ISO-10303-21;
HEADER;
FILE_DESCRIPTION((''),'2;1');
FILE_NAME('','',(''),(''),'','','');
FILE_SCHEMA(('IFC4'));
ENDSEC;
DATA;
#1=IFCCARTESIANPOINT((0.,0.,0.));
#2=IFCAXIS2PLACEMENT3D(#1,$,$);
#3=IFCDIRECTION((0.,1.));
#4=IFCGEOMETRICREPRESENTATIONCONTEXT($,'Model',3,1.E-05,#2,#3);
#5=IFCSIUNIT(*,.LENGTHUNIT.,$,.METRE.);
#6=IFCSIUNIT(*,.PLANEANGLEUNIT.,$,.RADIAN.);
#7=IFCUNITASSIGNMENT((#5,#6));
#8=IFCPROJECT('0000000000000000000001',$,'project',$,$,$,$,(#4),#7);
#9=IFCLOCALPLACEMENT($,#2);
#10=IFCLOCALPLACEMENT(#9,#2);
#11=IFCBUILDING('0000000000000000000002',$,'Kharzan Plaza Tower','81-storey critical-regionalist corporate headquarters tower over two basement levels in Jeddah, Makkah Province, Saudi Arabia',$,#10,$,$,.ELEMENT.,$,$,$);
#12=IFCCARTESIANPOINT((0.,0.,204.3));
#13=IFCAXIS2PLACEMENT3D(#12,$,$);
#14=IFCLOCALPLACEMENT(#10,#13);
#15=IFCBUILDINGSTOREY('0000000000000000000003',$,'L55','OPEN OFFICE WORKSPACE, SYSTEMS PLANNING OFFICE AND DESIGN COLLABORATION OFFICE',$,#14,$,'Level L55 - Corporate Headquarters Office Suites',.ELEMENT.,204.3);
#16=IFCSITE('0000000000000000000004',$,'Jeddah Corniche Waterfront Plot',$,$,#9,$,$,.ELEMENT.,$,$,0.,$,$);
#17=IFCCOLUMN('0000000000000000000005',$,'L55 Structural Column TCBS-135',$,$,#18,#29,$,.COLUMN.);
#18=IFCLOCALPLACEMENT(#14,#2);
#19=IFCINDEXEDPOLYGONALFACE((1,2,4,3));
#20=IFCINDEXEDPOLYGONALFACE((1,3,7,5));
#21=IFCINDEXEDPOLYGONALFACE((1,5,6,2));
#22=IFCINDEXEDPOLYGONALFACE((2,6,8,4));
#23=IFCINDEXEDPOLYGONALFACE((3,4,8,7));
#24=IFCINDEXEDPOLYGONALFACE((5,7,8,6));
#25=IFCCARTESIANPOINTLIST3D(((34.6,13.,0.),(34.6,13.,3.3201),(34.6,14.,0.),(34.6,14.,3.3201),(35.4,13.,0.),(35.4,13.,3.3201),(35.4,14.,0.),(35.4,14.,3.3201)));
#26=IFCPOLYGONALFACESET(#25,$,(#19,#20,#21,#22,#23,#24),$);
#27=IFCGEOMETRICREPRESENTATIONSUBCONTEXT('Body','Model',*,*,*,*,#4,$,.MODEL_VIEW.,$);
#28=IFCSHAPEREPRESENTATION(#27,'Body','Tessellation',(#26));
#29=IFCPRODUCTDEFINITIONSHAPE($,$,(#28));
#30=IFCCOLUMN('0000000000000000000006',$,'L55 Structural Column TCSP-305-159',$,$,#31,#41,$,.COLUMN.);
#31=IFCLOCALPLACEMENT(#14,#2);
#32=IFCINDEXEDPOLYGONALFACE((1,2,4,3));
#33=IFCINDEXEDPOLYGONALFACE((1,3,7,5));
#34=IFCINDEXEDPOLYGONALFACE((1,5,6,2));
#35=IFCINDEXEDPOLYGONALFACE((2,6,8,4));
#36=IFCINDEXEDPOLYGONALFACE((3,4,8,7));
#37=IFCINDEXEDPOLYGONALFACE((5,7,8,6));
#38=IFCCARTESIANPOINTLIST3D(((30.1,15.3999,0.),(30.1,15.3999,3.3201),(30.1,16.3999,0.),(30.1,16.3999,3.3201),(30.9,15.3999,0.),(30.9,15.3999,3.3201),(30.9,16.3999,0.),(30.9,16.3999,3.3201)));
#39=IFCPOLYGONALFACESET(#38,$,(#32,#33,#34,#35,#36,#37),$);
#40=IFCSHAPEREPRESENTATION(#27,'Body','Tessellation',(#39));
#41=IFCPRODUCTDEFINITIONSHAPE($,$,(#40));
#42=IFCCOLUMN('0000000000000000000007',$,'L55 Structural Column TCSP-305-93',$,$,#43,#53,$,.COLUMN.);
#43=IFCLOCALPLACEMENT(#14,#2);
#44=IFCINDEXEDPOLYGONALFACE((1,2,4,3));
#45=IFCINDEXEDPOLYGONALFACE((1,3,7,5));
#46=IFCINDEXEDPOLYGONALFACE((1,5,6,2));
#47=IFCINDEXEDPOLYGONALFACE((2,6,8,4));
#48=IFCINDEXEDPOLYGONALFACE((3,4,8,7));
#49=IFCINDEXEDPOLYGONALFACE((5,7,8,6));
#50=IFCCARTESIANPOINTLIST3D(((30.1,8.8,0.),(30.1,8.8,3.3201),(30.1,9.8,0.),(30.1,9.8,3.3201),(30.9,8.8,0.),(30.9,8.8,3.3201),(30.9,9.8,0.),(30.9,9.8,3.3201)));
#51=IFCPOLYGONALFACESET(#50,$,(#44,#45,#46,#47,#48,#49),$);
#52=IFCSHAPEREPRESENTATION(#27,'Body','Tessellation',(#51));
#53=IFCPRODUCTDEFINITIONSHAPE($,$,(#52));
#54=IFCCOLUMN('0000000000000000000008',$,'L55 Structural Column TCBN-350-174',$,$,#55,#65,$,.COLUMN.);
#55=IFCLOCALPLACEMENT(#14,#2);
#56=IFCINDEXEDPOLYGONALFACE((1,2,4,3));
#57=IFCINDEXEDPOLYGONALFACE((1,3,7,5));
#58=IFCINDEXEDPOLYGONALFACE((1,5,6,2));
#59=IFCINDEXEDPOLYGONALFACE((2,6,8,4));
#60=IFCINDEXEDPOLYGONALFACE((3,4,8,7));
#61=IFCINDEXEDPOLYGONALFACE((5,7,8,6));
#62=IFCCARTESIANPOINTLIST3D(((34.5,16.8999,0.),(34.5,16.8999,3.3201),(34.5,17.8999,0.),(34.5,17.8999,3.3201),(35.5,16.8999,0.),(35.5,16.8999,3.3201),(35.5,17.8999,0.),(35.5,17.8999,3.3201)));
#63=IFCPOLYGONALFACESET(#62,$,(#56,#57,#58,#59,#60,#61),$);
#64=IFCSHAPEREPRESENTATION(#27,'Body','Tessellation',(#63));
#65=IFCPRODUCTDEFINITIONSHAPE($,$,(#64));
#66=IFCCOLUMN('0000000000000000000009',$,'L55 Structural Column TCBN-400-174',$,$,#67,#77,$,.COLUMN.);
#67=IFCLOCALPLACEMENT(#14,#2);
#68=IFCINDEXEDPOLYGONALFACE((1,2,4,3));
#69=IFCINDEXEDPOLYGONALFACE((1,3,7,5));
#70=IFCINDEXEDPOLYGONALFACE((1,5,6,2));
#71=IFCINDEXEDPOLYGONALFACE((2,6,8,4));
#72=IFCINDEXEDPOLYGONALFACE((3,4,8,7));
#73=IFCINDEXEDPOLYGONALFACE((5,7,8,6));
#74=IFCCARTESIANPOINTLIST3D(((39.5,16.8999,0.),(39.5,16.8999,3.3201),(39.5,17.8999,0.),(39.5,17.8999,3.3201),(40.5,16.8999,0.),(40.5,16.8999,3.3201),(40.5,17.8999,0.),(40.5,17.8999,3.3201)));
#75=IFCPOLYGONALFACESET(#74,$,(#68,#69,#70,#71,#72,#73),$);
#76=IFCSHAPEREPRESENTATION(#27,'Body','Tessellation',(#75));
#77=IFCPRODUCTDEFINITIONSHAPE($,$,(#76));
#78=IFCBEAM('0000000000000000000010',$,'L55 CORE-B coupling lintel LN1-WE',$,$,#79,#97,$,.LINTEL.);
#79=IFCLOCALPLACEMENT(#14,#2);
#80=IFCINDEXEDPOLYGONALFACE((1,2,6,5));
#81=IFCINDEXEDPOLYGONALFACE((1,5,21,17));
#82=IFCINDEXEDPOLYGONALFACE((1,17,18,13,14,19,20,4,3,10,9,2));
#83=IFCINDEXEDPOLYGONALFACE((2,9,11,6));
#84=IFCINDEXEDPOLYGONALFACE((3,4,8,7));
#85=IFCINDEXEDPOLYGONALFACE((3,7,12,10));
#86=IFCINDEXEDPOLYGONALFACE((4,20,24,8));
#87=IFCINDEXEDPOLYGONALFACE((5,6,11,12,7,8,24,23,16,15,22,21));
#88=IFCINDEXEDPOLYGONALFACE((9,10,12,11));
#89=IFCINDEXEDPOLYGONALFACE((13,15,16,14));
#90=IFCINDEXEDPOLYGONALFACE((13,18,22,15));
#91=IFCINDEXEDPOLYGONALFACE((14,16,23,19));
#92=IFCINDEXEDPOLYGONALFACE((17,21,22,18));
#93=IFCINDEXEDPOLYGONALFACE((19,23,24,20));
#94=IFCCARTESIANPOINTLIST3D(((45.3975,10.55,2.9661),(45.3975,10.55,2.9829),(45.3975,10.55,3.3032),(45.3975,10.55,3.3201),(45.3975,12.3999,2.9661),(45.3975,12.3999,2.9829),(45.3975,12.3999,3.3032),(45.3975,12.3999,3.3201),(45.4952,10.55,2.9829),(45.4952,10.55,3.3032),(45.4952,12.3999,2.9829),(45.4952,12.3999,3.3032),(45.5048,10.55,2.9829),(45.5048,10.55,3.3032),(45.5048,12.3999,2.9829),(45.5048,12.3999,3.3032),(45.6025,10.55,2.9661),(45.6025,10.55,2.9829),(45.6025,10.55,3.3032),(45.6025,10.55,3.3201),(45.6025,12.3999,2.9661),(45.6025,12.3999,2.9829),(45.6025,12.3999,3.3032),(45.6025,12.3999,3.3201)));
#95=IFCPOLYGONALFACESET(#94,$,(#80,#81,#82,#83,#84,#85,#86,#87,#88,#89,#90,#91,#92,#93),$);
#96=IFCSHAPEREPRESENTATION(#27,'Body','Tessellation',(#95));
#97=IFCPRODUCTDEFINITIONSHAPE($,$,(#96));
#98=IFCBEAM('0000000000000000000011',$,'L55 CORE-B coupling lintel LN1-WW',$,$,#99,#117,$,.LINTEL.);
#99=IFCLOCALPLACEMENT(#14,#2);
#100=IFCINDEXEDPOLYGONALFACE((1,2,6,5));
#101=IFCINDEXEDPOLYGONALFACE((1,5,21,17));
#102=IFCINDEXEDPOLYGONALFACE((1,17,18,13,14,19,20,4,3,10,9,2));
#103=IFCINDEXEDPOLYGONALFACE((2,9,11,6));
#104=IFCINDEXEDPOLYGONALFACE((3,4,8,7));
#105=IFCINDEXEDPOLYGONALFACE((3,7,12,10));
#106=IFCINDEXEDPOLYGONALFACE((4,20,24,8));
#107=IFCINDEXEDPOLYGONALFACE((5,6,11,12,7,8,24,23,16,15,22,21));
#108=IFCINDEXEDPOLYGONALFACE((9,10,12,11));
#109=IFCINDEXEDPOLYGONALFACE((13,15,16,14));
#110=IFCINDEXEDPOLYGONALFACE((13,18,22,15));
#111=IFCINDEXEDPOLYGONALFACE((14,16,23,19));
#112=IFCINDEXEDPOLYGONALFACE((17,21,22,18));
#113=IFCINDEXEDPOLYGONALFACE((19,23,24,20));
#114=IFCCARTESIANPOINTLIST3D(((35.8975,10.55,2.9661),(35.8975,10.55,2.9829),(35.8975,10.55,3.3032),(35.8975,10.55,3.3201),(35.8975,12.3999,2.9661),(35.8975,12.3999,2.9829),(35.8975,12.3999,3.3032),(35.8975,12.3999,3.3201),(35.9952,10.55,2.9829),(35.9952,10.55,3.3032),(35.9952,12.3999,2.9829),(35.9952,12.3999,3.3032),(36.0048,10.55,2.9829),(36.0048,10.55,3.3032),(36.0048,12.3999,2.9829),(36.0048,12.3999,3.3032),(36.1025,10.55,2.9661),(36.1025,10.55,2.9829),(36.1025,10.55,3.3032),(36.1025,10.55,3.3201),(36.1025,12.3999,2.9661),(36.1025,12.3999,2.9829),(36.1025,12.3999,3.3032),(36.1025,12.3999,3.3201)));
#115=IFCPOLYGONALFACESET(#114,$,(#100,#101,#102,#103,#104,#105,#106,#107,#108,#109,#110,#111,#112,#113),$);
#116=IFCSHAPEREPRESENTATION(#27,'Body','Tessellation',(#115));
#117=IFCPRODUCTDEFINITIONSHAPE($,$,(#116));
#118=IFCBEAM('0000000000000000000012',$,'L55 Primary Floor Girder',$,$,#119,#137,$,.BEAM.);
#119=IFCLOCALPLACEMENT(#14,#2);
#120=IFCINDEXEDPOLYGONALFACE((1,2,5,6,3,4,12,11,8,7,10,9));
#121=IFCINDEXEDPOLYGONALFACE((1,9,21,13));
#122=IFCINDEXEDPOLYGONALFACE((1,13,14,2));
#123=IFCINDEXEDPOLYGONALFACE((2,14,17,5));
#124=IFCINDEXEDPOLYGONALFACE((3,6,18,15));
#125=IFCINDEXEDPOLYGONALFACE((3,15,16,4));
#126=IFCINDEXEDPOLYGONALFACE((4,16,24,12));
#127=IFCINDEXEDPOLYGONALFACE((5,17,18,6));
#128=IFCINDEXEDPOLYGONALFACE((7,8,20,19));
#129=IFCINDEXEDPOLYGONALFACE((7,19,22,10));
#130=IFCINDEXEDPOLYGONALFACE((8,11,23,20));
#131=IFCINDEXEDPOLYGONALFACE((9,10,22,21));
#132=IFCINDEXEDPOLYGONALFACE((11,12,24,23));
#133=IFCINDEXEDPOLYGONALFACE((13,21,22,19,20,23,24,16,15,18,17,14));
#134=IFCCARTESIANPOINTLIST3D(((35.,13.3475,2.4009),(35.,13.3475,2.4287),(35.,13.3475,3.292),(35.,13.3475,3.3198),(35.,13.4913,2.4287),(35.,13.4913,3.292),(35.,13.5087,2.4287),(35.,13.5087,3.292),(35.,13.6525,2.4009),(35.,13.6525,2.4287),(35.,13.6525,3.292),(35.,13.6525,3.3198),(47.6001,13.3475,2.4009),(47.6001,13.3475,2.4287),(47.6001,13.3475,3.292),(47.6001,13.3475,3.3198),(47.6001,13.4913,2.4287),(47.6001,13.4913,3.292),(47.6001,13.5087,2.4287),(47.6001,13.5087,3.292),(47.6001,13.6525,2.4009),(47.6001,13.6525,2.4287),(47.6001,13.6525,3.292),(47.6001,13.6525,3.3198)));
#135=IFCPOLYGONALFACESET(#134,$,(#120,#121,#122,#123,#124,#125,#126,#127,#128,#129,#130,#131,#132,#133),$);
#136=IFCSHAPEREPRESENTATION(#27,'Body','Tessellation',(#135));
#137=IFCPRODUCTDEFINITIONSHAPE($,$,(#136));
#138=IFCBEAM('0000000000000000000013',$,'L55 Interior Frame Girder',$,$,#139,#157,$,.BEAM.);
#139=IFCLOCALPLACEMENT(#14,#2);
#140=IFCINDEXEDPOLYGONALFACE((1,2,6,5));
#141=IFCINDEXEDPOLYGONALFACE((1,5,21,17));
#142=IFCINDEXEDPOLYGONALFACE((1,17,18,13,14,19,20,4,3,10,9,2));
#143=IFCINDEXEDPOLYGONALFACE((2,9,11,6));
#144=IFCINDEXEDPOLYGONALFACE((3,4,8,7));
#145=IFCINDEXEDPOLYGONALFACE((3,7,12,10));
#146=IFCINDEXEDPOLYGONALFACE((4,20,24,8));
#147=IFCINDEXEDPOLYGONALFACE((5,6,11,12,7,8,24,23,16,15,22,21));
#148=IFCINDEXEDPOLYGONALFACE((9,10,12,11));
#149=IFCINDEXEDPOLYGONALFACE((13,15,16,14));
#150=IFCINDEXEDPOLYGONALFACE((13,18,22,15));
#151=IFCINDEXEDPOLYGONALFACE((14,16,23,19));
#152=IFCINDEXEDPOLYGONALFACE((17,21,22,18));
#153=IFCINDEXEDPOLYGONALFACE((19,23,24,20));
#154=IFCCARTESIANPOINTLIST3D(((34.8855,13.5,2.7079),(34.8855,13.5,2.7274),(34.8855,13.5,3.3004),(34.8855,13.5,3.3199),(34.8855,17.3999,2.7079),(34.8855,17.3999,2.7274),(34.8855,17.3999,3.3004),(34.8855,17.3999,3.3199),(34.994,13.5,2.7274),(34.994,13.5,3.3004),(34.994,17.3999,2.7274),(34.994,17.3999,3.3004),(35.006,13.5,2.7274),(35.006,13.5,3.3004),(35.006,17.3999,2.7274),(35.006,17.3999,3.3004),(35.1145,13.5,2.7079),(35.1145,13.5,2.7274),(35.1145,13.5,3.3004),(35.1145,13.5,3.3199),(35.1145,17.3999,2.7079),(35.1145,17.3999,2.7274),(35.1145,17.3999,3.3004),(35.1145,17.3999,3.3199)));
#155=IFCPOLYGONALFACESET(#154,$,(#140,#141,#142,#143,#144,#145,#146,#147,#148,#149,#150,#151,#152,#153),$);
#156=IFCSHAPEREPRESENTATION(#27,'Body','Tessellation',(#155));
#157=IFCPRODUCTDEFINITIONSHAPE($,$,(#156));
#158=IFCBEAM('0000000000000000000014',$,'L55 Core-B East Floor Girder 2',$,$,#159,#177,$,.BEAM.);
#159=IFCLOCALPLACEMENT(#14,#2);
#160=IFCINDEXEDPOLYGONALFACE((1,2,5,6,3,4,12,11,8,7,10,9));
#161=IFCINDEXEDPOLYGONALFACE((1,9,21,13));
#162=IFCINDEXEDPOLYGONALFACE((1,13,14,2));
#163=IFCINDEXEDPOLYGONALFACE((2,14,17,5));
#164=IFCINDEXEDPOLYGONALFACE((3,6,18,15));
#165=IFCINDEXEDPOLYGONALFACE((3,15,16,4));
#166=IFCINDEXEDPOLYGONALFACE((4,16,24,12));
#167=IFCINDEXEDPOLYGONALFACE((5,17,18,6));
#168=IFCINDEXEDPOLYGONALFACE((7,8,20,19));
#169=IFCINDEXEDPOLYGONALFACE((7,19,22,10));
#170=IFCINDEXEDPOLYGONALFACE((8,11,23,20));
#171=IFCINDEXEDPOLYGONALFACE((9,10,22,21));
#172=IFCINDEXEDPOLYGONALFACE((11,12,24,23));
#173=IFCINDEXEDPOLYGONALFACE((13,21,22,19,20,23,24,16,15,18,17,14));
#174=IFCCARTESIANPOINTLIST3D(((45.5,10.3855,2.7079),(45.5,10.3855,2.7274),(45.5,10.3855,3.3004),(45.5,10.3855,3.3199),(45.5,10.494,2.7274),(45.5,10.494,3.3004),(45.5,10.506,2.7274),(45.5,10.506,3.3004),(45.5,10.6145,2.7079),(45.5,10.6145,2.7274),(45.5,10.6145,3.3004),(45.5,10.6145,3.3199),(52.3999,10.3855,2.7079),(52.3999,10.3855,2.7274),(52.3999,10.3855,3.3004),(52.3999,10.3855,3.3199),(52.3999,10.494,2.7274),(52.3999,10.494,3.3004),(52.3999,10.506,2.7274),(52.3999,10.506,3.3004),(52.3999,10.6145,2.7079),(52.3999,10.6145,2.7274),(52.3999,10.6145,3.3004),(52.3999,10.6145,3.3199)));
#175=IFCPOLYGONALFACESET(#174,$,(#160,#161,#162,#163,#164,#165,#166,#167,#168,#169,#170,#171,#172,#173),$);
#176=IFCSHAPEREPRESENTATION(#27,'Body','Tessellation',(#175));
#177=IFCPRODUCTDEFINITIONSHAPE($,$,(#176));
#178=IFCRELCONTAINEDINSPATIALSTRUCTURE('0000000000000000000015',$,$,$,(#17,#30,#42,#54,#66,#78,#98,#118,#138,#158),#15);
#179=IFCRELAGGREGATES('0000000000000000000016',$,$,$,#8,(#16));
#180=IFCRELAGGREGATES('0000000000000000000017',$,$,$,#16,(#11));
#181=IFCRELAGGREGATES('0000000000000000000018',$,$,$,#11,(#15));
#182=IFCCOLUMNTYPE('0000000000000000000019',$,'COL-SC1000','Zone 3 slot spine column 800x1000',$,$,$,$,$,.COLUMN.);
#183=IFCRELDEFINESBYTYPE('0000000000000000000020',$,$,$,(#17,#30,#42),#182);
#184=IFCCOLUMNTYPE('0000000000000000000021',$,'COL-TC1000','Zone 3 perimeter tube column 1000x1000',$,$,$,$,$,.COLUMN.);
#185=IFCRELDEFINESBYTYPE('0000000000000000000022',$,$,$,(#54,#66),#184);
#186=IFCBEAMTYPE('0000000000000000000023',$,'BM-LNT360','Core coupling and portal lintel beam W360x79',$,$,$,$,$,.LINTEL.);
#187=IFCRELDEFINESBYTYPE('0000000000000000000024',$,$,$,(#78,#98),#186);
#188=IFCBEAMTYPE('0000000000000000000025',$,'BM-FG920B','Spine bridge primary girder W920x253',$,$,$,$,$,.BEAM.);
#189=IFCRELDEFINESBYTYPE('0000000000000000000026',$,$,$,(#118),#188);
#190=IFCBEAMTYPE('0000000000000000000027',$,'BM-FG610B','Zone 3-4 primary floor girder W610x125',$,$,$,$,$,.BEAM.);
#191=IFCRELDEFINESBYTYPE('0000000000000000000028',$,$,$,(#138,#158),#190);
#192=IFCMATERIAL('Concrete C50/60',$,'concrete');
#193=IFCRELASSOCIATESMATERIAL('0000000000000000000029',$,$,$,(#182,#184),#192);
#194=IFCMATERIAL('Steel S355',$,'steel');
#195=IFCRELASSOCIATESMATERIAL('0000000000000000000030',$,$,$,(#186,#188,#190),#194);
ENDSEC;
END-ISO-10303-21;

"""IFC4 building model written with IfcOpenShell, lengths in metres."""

from ifc_helpers import new_model, si_unit, direction, frame, origin, origin_2d, place, context, subcontext, project, spatial, rectangle, i_section, extrude, source, transform, mapped, material, material_profile, profile_set, type_object, element, save


model = new_model("IFC4")

# Units and contexts
model_context = context("Model", 3, precision=1e-05, world=origin(), true_north=direction((0.0, 1.0)))
body_context = subcontext(model_context, "Body", "Model", "MODEL_VIEW")
ifc_project = project(units=[si_unit("LENGTHUNIT", "METRE"), si_unit("PLANEANGLEUNIT", "RADIAN")], contexts=[model_context])

# Site, building, storey
site_placement = place(None, origin())
site = spatial("IfcSite", under=ifc_project, at=site_placement, Name="Jeddah Corniche Waterfront Plot", CompositionType="ELEMENT", RefElevation=0.0)
building_placement = place(site_placement, origin())
building = spatial("IfcBuilding", under=site, at=building_placement, Name="Kharzan Plaza Tower", Description="81-storey critical-regionalist corporate headquarters tower over two basement levels in Jeddah, Makkah Province, Saudi Arabia", CompositionType="ELEMENT")
storey_placement = place(building_placement, frame((0.0, 0.0, 204.3)))
storey = spatial("IfcBuildingStorey", under=building, at=storey_placement, Name="L55", Description="OPEN OFFICE WORKSPACE, SYSTEMS PLANNING OFFICE AND DESIGN COLLABORATION OFFICE", LongName="Level L55 - Corporate Headquarters Office Suites", CompositionType="ELEMENT", Elevation=204.3)

# Columns
ifc_material_1 = material(Name="Concrete C50/60", Category="concrete")
ifc_material_profile_1 = material_profile(ifc_material_1, rectangle(XDim=0.8, YDim=1.0, at=origin_2d()), Name="RC-SC1000x800")
ifc_profile_set_1 = profile_set([ifc_material_profile_1], Name="Concrete C50/60")
column_type_1 = type_object("IfcColumnType", Name="COL-SC1000", Description="Zone 3 slot spine column 800x1000", PredefinedType="COLUMN", material=ifc_profile_set_1)
shared_shape_1 = source(origin(), body_context, "Body", "SweptSolid", [
    extrude(rectangle(XDim=0.8, YDim=1.0, at=origin_2d()), origin(), (0.0, 0.0, 1.0), 3.3201),
])
for number, where, z_axis, x_axis, name in (
    (1, (35.0, 13.5, 0.0), (0.0, 0.0, 1.0), (1.0, 0.0, 0.0), "L55 Structural Column TCBS-135"),
    (2, (30.5, 15.8999, 0.0), (0.0, 0.0, 1.0), (1.0, 0.0, 0.0), "L55 Structural Column TCSP-305-159"),
    (3, (30.5, 9.3, 0.0), (0.0, 0.0, 1.0), (1.0, 0.0, 0.0), "L55 Structural Column TCSP-305-93"),
):
    element("IfcColumn", number, at=place(storey_placement, frame(where, z_axis=z_axis, x_axis=x_axis)), inside=storey, type_object=column_type_1, Name=name, PredefinedType="COLUMN", context=body_context, shape_type="MappedRepresentation", body=[
        mapped(shared_shape_1, transform((0.0, 0.0, 0.0), x_axis=(1.0, 0.0, 0.0), y_axis=(0.0, 1.0, 0.0), z_axis=(0.0, 0.0, 1.0))),
    ])
ifc_material_profile_2 = material_profile(ifc_material_1, rectangle(XDim=1.0, YDim=1.0, at=origin_2d()), Name="RC-TC1000x1000")
ifc_profile_set_2 = profile_set([ifc_material_profile_2], Name="Concrete C50/60")
column_type_2 = type_object("IfcColumnType", Name="COL-TC1000", Description="Zone 3 perimeter tube column 1000x1000", PredefinedType="COLUMN", material=ifc_profile_set_2)
shared_shape_2 = source(origin(), body_context, "Body", "SweptSolid", [
    extrude(rectangle(XDim=1.0, YDim=1.0, at=origin_2d()), origin(), (0.0, 0.0, 1.0), 3.3201),
])
for number, where, z_axis, x_axis, name in (
    (4, (35.0, 17.3999, 0.0), (0.0, 0.0, 1.0), (1.0, 0.0, 0.0), "L55 Structural Column TCBN-350-174"),
    (5, (40.0, 17.3999, 0.0), (0.0, 0.0, 1.0), (1.0, 0.0, 0.0), "L55 Structural Column TCBN-400-174"),
):
    element("IfcColumn", number, at=place(storey_placement, frame(where, z_axis=z_axis, x_axis=x_axis)), inside=storey, type_object=column_type_2, Name=name, PredefinedType="COLUMN", context=body_context, shape_type="MappedRepresentation", body=[
        mapped(shared_shape_2, transform((0.0, 0.0, 0.0), x_axis=(1.0, 0.0, 0.0), y_axis=(0.0, 1.0, 0.0), z_axis=(0.0, 0.0, 1.0))),
    ])

# Beams
ifc_material_2 = material(Name="Steel S355", Category="steel")
ifc_material_profile_3 = material_profile(ifc_material_2, i_section(OverallWidth=0.2051, OverallDepth=0.354, WebThickness=0.0095, FlangeThickness=0.0168, at=origin_2d()), Name="W360x79")
ifc_profile_set_3 = profile_set([ifc_material_profile_3], Name="Steel S355")
beam_type_1 = type_object("IfcBeamType", Name="BM-LNT360", Description="Core coupling and portal lintel beam W360x79", PredefinedType="LINTEL", material=ifc_profile_set_3)
shared_shape_3 = source(origin(), body_context, "Body", "SweptSolid", [
    extrude(i_section(OverallWidth=0.2051, OverallDepth=0.354, WebThickness=0.0095, FlangeThickness=0.0168, at=origin_2d()), origin(), (0.0, 0.0, 1.0), 1.8499),
])
for number, where, z_axis, x_axis, name in (
    (6, (45.5, 10.55, 3.1431), (0.0, 1.0, 0.0), (-1.0, 0.0, 0.0), "L55 CORE-B coupling lintel LN1-WE"),
    (7, (36.0, 10.55, 3.1431), (0.0, 1.0, 0.0), (-1.0, 0.0, 0.0), "L55 CORE-B coupling lintel LN1-WW"),
):
    element("IfcBeam", number, at=place(storey_placement, frame(where, z_axis=z_axis, x_axis=x_axis)), inside=storey, type_object=beam_type_1, Name=name, PredefinedType="LINTEL", context=body_context, shape_type="MappedRepresentation", body=[
        mapped(shared_shape_3, transform((0.0, 0.0, 0.0), x_axis=(1.0, 0.0, 0.0), y_axis=(0.0, 1.0, 0.0), z_axis=(0.0, 0.0, 1.0))),
    ])
ifc_material_profile_4 = material_profile(ifc_material_2, i_section(OverallWidth=0.3049, OverallDepth=0.9189, WebThickness=0.0173, FlangeThickness=0.0278, at=origin_2d()), Name="W920x253")
ifc_profile_set_4 = profile_set([ifc_material_profile_4], Name="Steel S355")
beam_type_2 = type_object("IfcBeamType", Name="BM-FG920B", Description="Spine bridge primary girder W920x253", PredefinedType="BEAM", material=ifc_profile_set_4)
shared_shape_4 = source(origin(), body_context, "Body", "SweptSolid", [
    extrude(i_section(OverallWidth=0.3049, OverallDepth=0.9189, WebThickness=0.0173, FlangeThickness=0.0278, at=origin_2d()), origin(), (0.0, 0.0, 1.0), 12.6001),
])
beam_1_placement = place(storey_placement, frame((35.0, 13.5, 2.8604), z_axis=(1.0, 0.0, 0.0), x_axis=(0.0, 1.0, 0.0)))
element("IfcBeam", 8, at=beam_1_placement, inside=storey, type_object=beam_type_2, Name="L55 Primary Floor Girder", PredefinedType="BEAM", context=body_context, shape_type="MappedRepresentation", body=[
    mapped(shared_shape_4, transform((0.0, 0.0, 0.0), x_axis=(1.0, 0.0, 0.0), y_axis=(0.0, 1.0, 0.0), z_axis=(0.0, 0.0, 1.0))),
])
ifc_material_profile_5 = material_profile(ifc_material_2, i_section(OverallWidth=0.229, OverallDepth=0.6121, WebThickness=0.012, FlangeThickness=0.0195, at=origin_2d()), Name="W610x125")
ifc_profile_set_5 = profile_set([ifc_material_profile_5], Name="Steel S355")
beam_type_3 = type_object("IfcBeamType", Name="BM-FG610B", Description="Zone 3-4 primary floor girder W610x125", PredefinedType="BEAM", material=ifc_profile_set_5)
shared_shape_5 = source(origin(), body_context, "Body", "SweptSolid", [
    extrude(i_section(OverallWidth=0.229, OverallDepth=0.6121, WebThickness=0.012, FlangeThickness=0.0195, at=origin_2d()), origin(), (0.0, 0.0, 1.0), 3.8999),
])
beam_2_placement = place(storey_placement, frame((35.0, 13.5, 3.0139), z_axis=(0.0, 1.0, 0.0), x_axis=(-1.0, 0.0, 0.0)))
element("IfcBeam", 9, at=beam_2_placement, inside=storey, type_object=beam_type_3, Name="L55 Interior Frame Girder", PredefinedType="BEAM", context=body_context, shape_type="MappedRepresentation", body=[
    mapped(shared_shape_5, transform((0.0, 0.0, 0.0), x_axis=(1.0, 0.0, 0.0), y_axis=(0.0, 1.0, 0.0), z_axis=(0.0, 0.0, 1.0))),
])
shared_shape_6 = source(origin(), body_context, "Body", "SweptSolid", [
    extrude(i_section(OverallWidth=0.229, OverallDepth=0.6121, WebThickness=0.012, FlangeThickness=0.0195, at=origin_2d()), origin(), (0.0, 0.0, 1.0), 6.8999),
])
beam_3_placement = place(storey_placement, frame((45.5, 10.5, 3.0139), z_axis=(1.0, 0.0, 0.0), x_axis=(0.0, 1.0, 0.0)))
element("IfcBeam", 10, at=beam_3_placement, inside=storey, type_object=beam_type_3, Name="L55 Core-B East Floor Girder 2", PredefinedType="BEAM", context=body_context, shape_type="MappedRepresentation", body=[
    mapped(shared_shape_6, transform((0.0, 0.0, 0.0), x_axis=(1.0, 0.0, 0.0), y_axis=(0.0, 1.0, 0.0), z_axis=(0.0, 0.0, 1.0))),
])

save(model, "model.ifc")
